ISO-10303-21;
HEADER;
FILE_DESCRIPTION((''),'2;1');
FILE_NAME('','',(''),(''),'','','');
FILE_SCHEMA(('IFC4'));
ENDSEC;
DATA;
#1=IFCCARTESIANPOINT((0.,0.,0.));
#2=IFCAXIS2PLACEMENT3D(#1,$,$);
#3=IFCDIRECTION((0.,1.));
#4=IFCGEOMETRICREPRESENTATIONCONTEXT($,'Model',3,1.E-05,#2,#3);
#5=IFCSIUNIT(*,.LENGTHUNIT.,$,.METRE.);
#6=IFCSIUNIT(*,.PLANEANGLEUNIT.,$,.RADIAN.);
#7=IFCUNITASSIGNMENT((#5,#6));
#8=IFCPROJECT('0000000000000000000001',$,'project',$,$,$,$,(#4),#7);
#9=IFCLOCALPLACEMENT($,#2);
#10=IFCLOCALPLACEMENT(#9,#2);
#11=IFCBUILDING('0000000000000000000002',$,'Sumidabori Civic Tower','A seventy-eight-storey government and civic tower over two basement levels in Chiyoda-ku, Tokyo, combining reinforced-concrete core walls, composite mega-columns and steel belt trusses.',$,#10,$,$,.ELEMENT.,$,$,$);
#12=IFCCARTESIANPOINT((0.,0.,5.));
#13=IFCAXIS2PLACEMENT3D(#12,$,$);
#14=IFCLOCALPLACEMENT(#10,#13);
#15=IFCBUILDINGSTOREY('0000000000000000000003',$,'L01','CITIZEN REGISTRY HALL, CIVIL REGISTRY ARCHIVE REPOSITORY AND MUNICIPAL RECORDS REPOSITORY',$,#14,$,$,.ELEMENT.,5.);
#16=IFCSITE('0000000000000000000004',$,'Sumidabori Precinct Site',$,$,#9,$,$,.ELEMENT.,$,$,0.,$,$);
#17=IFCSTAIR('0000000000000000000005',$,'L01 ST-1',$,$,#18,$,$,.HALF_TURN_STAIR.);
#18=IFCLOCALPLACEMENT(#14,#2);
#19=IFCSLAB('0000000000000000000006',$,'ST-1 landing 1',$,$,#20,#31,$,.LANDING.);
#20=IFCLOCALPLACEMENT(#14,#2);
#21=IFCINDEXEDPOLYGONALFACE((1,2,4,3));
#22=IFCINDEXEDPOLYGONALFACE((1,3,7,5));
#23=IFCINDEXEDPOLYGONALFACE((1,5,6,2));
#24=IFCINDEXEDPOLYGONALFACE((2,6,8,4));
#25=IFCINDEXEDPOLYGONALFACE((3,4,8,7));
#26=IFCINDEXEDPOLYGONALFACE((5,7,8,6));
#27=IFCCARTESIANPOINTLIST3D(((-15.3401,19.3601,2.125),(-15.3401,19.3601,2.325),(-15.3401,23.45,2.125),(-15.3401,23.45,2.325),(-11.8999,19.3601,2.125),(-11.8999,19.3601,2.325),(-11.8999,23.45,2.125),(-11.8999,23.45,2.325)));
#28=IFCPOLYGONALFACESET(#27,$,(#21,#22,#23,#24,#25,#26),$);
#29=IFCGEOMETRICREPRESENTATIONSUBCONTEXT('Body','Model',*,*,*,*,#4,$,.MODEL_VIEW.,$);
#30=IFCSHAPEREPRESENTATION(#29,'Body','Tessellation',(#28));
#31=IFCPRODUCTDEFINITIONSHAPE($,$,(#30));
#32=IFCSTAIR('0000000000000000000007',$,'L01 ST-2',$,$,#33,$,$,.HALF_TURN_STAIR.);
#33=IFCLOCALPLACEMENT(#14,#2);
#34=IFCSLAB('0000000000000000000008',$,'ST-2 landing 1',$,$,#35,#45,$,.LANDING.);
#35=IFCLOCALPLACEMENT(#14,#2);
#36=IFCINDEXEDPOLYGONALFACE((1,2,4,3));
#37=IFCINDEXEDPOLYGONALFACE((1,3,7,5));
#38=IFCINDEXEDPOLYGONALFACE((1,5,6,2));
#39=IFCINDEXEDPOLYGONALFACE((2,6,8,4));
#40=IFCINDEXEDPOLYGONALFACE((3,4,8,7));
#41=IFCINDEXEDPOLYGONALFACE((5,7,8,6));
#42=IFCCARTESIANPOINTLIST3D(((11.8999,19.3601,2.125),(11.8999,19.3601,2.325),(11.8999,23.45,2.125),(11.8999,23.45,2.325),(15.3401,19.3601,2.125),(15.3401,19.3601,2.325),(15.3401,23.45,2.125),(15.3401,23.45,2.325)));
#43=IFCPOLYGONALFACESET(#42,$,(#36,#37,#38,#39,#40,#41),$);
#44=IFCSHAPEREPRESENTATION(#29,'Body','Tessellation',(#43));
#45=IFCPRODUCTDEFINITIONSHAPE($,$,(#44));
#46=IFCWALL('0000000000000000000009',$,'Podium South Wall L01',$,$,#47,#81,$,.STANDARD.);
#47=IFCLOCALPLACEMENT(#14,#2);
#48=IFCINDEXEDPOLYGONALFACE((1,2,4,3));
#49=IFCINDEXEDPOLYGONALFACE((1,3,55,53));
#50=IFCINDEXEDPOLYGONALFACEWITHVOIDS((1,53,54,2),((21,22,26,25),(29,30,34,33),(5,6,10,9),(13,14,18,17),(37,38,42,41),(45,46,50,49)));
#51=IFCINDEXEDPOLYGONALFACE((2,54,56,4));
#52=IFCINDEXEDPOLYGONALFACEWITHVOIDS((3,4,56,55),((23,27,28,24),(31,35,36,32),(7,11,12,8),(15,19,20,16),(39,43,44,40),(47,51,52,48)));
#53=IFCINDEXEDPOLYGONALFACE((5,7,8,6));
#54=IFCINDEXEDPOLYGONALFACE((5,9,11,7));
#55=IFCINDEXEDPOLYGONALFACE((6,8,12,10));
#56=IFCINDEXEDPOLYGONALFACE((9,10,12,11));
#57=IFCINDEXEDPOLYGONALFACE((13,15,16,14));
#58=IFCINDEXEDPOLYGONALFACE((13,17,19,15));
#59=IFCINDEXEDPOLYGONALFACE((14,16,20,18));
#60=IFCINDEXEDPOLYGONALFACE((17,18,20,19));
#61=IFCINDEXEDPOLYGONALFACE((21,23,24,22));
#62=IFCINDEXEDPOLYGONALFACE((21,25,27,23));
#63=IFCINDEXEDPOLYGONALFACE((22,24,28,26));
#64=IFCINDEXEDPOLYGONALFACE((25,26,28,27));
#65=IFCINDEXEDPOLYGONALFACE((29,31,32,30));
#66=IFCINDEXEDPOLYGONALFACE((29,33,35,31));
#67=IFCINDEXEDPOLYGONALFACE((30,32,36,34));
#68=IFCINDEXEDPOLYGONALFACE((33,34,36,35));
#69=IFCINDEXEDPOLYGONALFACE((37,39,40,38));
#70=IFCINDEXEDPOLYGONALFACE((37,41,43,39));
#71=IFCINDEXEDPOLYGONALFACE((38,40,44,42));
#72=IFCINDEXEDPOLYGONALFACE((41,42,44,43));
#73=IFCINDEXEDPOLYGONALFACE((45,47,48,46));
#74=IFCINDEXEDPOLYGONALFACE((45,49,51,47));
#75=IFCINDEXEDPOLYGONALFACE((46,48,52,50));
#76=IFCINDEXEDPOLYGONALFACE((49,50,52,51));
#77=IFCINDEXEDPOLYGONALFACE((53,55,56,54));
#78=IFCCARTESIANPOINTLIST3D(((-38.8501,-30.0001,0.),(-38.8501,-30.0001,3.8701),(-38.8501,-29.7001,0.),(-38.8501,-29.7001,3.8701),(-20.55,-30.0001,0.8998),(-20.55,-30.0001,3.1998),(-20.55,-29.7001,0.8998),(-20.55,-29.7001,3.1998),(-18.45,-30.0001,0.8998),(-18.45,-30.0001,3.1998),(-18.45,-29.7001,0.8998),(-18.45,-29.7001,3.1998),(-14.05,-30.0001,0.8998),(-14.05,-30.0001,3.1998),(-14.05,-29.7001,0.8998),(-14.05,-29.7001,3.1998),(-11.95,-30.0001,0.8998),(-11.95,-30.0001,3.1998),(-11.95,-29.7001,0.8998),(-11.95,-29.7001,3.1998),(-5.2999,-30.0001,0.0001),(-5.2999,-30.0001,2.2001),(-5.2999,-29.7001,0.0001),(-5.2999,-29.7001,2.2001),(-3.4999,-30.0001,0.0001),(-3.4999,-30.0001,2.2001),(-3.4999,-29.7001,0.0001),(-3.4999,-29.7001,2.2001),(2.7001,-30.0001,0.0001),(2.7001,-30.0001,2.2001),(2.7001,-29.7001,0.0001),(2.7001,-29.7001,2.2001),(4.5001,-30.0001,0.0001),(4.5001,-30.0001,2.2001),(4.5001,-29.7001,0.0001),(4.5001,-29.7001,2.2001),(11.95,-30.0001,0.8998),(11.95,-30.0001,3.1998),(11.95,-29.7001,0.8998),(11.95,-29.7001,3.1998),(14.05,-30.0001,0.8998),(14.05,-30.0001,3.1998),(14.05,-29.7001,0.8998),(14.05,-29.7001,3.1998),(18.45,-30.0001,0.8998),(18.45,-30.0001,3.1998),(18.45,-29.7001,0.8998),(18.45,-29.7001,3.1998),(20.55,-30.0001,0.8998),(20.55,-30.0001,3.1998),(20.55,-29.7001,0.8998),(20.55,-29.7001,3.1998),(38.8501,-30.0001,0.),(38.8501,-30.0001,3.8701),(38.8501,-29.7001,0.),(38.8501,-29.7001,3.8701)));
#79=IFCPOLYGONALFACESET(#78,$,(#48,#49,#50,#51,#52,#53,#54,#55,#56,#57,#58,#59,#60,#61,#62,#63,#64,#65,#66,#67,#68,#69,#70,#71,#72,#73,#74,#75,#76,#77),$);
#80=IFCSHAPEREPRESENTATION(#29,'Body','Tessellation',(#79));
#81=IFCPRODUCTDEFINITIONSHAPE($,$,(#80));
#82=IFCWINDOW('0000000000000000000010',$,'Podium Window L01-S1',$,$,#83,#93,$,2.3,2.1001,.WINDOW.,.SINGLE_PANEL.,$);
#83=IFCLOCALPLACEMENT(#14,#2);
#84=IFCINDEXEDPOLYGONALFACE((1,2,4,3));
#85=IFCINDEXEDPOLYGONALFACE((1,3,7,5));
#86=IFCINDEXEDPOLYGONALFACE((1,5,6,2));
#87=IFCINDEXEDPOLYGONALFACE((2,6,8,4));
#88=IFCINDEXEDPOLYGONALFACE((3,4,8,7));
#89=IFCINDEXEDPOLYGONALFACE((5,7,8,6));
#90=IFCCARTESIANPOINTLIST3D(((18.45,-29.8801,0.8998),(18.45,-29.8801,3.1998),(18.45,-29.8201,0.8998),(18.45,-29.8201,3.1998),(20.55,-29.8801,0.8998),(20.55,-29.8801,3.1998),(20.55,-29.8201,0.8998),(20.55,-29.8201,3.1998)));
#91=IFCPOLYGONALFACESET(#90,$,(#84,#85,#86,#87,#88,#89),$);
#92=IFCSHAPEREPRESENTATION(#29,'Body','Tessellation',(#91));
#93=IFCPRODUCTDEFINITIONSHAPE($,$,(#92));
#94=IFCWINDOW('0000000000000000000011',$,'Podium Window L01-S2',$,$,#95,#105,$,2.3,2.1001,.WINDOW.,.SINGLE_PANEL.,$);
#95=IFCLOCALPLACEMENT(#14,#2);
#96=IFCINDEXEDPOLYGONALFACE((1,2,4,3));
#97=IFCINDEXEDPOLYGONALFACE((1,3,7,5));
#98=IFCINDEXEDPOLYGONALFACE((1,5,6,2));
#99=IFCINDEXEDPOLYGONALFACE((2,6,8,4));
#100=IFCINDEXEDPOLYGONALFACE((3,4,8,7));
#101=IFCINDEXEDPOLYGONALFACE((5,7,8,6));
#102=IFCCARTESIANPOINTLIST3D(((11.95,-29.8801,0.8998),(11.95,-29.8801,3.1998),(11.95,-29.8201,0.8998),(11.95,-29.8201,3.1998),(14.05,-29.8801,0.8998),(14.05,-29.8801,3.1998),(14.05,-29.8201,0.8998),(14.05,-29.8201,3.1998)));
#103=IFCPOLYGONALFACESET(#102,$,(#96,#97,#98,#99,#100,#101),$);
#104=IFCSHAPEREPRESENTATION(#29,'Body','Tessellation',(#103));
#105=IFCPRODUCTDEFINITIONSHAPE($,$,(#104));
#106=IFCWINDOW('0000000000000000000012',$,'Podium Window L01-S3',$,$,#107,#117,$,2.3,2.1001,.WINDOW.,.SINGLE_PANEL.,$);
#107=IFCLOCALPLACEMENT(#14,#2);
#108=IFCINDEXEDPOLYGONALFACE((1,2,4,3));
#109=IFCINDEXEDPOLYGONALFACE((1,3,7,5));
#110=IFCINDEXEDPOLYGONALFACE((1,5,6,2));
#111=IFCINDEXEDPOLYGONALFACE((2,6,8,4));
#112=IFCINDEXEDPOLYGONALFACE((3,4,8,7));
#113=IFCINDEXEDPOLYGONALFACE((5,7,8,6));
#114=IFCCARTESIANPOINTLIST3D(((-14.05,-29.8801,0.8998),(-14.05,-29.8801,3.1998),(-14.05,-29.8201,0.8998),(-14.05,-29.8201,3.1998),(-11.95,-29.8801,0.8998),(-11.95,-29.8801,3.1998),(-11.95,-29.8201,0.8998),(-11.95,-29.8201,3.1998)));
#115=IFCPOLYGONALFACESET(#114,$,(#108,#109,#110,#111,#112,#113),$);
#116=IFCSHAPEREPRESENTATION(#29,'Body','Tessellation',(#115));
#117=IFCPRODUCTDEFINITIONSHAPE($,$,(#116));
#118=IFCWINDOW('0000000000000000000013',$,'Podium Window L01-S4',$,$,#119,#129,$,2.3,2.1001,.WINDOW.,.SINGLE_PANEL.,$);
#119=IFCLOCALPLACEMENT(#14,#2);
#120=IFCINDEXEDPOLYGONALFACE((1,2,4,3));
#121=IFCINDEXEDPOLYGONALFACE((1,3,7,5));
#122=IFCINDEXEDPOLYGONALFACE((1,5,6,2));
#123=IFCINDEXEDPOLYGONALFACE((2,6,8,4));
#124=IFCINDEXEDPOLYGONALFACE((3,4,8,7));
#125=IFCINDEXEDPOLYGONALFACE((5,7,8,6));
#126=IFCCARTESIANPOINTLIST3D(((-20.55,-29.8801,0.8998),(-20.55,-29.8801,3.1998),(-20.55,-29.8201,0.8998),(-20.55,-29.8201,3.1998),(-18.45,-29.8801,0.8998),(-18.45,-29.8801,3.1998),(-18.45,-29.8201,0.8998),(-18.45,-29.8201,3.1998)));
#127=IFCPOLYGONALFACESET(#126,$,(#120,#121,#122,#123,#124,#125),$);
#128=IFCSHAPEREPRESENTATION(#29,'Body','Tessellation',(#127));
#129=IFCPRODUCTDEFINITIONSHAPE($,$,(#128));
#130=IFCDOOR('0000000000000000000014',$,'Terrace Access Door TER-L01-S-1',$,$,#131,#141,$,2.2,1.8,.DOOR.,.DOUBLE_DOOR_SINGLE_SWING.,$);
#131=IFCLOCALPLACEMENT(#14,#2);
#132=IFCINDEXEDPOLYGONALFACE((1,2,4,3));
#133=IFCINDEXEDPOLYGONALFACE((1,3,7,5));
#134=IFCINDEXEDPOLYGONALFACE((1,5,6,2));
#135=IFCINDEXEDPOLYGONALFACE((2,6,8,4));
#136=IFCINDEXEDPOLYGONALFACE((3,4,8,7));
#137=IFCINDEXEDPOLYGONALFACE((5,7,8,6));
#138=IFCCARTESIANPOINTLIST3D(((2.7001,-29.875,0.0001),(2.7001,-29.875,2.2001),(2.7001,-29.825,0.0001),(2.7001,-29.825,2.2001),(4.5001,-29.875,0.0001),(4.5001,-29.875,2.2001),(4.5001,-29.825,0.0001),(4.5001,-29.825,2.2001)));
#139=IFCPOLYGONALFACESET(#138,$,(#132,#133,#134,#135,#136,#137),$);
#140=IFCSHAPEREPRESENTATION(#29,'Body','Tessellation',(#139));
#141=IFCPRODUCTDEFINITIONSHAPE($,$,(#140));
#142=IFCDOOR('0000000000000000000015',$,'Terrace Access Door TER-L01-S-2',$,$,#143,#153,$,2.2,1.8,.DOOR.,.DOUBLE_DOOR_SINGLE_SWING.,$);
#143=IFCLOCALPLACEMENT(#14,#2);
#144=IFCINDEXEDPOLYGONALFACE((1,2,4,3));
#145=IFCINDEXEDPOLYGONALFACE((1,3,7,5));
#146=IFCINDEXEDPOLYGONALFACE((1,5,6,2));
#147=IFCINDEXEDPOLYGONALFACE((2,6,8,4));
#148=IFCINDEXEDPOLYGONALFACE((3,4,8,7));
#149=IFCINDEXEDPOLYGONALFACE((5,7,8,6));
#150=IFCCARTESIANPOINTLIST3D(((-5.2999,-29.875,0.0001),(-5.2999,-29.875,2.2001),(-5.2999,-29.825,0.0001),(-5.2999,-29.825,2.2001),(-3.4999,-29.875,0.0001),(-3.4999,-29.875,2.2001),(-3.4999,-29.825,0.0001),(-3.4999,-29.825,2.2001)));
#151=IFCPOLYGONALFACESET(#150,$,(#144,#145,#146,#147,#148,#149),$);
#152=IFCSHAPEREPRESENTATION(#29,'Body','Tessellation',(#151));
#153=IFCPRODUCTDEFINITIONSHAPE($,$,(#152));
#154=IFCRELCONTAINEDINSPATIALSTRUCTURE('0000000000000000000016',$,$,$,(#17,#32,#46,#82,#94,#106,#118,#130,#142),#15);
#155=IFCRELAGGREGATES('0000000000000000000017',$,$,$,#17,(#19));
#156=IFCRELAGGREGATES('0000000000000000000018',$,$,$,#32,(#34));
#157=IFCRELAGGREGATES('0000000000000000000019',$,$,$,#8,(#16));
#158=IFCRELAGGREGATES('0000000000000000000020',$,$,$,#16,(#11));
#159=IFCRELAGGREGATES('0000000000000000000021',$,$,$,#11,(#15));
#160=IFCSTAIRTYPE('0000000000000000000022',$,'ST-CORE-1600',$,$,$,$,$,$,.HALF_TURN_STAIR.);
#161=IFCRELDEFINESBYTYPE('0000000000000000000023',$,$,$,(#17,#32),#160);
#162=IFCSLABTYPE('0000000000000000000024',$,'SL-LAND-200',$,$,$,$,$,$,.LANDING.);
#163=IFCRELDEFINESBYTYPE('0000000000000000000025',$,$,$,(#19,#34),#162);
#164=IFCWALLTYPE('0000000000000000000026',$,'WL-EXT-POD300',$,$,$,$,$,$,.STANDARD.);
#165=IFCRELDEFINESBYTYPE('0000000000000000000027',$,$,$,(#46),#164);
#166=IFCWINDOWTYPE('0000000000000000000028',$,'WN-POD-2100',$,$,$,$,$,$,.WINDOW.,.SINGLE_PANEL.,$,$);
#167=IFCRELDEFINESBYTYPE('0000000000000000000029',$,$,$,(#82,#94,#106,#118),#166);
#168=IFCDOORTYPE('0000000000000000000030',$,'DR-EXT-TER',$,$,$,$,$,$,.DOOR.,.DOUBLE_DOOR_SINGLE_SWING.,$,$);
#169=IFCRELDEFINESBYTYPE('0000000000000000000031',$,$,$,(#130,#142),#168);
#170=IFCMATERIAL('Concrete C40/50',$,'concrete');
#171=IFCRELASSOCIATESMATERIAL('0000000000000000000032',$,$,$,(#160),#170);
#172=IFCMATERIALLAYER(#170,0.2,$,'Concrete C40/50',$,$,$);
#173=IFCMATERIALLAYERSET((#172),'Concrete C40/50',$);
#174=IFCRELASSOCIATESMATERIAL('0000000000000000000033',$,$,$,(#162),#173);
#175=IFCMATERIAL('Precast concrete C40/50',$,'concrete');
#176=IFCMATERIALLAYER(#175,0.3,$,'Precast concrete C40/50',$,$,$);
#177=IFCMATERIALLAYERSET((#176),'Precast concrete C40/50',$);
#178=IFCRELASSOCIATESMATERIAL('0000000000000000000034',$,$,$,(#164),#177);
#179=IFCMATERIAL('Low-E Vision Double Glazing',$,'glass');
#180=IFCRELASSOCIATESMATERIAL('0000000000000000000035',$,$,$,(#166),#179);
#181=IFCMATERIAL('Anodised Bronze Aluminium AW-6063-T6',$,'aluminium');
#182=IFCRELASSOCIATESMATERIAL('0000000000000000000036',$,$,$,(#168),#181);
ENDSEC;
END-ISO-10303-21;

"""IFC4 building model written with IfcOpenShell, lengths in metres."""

from ifc_helpers import new_model, si_unit, direction, frame, frame_2d, origin, place, context, subcontext, project, spatial, polyline, rectangle, outline, extrude, source, transform, mapped, material, layer, layer_set, type_object, element, fill, aggregate, save


model = new_model("IFC4")

# Units and contexts
model_context = context("Model", 3, precision=1e-05, world=origin(), true_north=direction((0.0, 1.0)))
body_context = subcontext(model_context, "Body", "Model", "MODEL_VIEW")
ifc_project = project(units=[si_unit("LENGTHUNIT", "METRE"), si_unit("PLANEANGLEUNIT", "RADIAN")], contexts=[model_context])

# Site, building, storey
site_placement = place(None, origin())
site = spatial("IfcSite", under=ifc_project, at=site_placement, Name="Sumidabori Precinct Site", CompositionType="ELEMENT", RefElevation=0.0)
building_placement = place(site_placement, origin())
building = spatial("IfcBuilding", under=site, at=building_placement, Name="Sumidabori Civic Tower", Description="A seventy-eight-storey government and civic tower over two basement levels in Chiyoda-ku, Tokyo, combining reinforced-concrete core walls, composite mega-columns and steel belt trusses.", CompositionType="ELEMENT")
storey_placement = place(building_placement, frame((0.0, 0.0, 5.0)))
storey = spatial("IfcBuildingStorey", under=building, at=storey_placement, Name="L01", Description="CITIZEN REGISTRY HALL, CIVIL REGISTRY ARCHIVE REPOSITORY AND MUNICIPAL RECORDS REPOSITORY", CompositionType="ELEMENT", Elevation=5.0)

# Stairs, slabs
ifc_material_1 = material(Name="Concrete C40/50", Category="concrete")
stair_type_1 = type_object("IfcStairType", Name="ST-CORE-1600", PredefinedType="HALF_TURN_STAIR", material=ifc_material_1)
stair_1_placement = place(storey_placement, origin())
stair_1 = element("IfcStair", 1, at=stair_1_placement, inside=storey, type_object=stair_type_1, Name="L01 ST-1", PredefinedType="HALF_TURN_STAIR")
ifc_layer_1 = layer(ifc_material_1, 0.2, Name="Concrete C40/50")
ifc_layer_set_1 = layer_set([ifc_layer_1], Name="Concrete C40/50")
slab_type = type_object("IfcSlabType", Name="SL-LAND-200", PredefinedType="LANDING", material=ifc_layer_set_1)
slab_1_placement = place(storey_placement, frame((0.0, 0.0, 2.125)))
slab_1 = element("IfcSlab", 2, at=slab_1_placement, type_object=slab_type, Name="ST-1 landing 1", PredefinedType="LANDING", context=body_context, shape_type="SweptSolid", body=[
    extrude(outline(polyline([(-11.8999, 19.3601), (-11.8999, 23.45), (-15.3401, 23.45), (-15.3401, 19.3601), (-11.8999, 19.3601)])), origin(), (0.0, 0.0, 1.0), 0.2),
])
aggregate(stair_1, [slab_1])
stair_2_placement = place(storey_placement, origin())
stair_2 = element("IfcStair", 3, at=stair_2_placement, inside=storey, type_object=stair_type_1, Name="L01 ST-2", PredefinedType="HALF_TURN_STAIR")
slab_2_placement = place(storey_placement, frame((0.0, 0.0, 2.125)))
slab_2 = element("IfcSlab", 4, at=slab_2_placement, type_object=slab_type, Name="ST-2 landing 1", PredefinedType="LANDING", context=body_context, shape_type="SweptSolid", body=[
    extrude(outline(polyline([(15.3401, 19.3601), (15.3401, 23.45), (11.8999, 23.45), (11.8999, 19.3601), (15.3401, 19.3601)])), origin(), (0.0, 0.0, 1.0), 0.2),
])
aggregate(stair_2, [slab_2])

# Wall, openings, windows, doors
ifc_material_2 = material(Name="Precast concrete C40/50", Category="concrete")
ifc_layer_2 = layer(ifc_material_2, 0.3, Name="Precast concrete C40/50")
ifc_layer_set_2 = layer_set([ifc_layer_2], Name="Precast concrete C40/50")
wall_type_1 = type_object("IfcWallType", Name="WL-EXT-POD300", PredefinedType="STANDARD", material=ifc_layer_set_2)
shared_shape_1 = source(origin(), body_context, "Body", "SweptSolid", [
    extrude(rectangle(XDim=77.7002, YDim=0.3, at=frame_2d((38.8501, 0.0))), origin(), (0.0, 0.0, 1.0), 3.8701),
])
wall_1_placement = place(storey_placement, frame((38.8501, -29.8501, 0.0), z_axis=(0.0, 0.0, 1.0), x_axis=(-1.0, 0.0, 0.0)))
wall_1 = element("IfcWall", 5, at=wall_1_placement, inside=storey, type_object=wall_type_1, Name="Podium South Wall L01", PredefinedType="STANDARD", context=body_context, shape_type="MappedRepresentation", body=[
    mapped(shared_shape_1, transform((0.0, 0.0, 0.0), x_axis=(1.0, 0.0, 0.0), y_axis=(0.0, 1.0, 0.0), z_axis=(0.0, 0.0, 1.0), scale=1.0)),
])
opening_1_placement = place(wall_1_placement, frame((18.3, 0.0, 0.8999)))
opening_1 = element("IfcOpeningElement", 6, at=opening_1_placement, cuts=wall_1, PredefinedType="OPENING", context=body_context, shape_type="SweptSolid", body=[
    extrude(rectangle(XDim=2.1001, YDim=2.3, at=frame_2d((1.05, 1.1499))), frame((0.0, 0.1621, 0.0), z_axis=(0.0, -1.0, 0.0), x_axis=(1.0, 0.0, 0.0)), (0.0, 0.0, 1.0), 0.324),
])
opening_2_placement = place(wall_1_placement, frame((24.8, 0.0, 0.8999)))
opening_2 = element("IfcOpeningElement", 7, at=opening_2_placement, cuts=wall_1, PredefinedType="OPENING", context=body_context, shape_type="SweptSolid", body=[
    extrude(rectangle(XDim=2.1001, YDim=2.3, at=frame_2d((1.05, 1.1499))), frame((0.0, 0.1621, 0.0), z_axis=(0.0, -1.0, 0.0), x_axis=(1.0, 0.0, 0.0)), (0.0, 0.0, 1.0), 0.324),
])
opening_3_placement = place(wall_1_placement, frame((50.8, 0.0, 0.8999)))
opening_3 = element("IfcOpeningElement", 8, at=opening_3_placement, cuts=wall_1, PredefinedType="OPENING", context=body_context, shape_type="SweptSolid", body=[
    extrude(rectangle(XDim=2.1001, YDim=2.3, at=frame_2d((1.05, 1.1499))), frame((0.0, 0.1621, 0.0), z_axis=(0.0, -1.0, 0.0), x_axis=(1.0, 0.0, 0.0)), (0.0, 0.0, 1.0), 0.324),
])
opening_4_placement = place(wall_1_placement, frame((57.3, 0.0, 0.8999)))
opening_4 = element("IfcOpeningElement", 9, at=opening_4_placement, cuts=wall_1, PredefinedType="OPENING", context=body_context, shape_type="SweptSolid", body=[
    extrude(rectangle(XDim=2.1001, YDim=2.3, at=frame_2d((1.05, 1.1499))), frame((0.0, 0.1621, 0.0), z_axis=(0.0, -1.0, 0.0), x_axis=(1.0, 0.0, 0.0)), (0.0, 0.0, 1.0), 0.324),
])
opening_5_placement = place(wall_1_placement, frame((34.3501, 0.0, 0.0)))
opening_5 = element("IfcOpeningElement", 10, at=opening_5_placement, cuts=wall_1, PredefinedType="OPENING", context=body_context, shape_type="SweptSolid", body=[
    extrude(rectangle(XDim=1.8, YDim=2.2, at=frame_2d((0.8999, 1.1001))), frame((0.0, 0.1621, 0.0), z_axis=(0.0, -1.0, 0.0), x_axis=(1.0, 0.0, 0.0)), (0.0, 0.0, 1.0), 0.324),
])
opening_6_placement = place(wall_1_placement, frame((42.3501, 0.0, 0.0)))
opening_6 = element("IfcOpeningElement", 11, at=opening_6_placement, cuts=wall_1, PredefinedType="OPENING", context=body_context, shape_type="SweptSolid", body=[
    extrude(rectangle(XDim=1.8, YDim=2.2, at=frame_2d((0.8999, 1.1001))), frame((0.0, 0.1621, 0.0), z_axis=(0.0, -1.0, 0.0), x_axis=(1.0, 0.0, 0.0)), (0.0, 0.0, 1.0), 0.324),
])
ifc_material_3 = material(Name="Low-E Vision Double Glazing", Category="glass")
window_type = type_object("IfcWindowType", Name="WN-POD-2100", PartitioningType="SINGLE_PANEL", PredefinedType="WINDOW", material=ifc_material_3)
shared_shape_2 = source(origin(), body_context, "Body", "SweptSolid", [
    extrude(rectangle(XDim=2.1001, YDim=2.3, at=frame_2d((1.05, 1.1499))), frame((0.0, 0.03, 0.0), z_axis=(0.0, -1.0, 0.0), x_axis=(1.0, 0.0, 0.0)), (0.0, 0.0, 1.0), 0.0601),
])
window_1_placement = place(opening_1_placement, origin())
window_1 = element("IfcWindow", 12, at=window_1_placement, inside=storey, type_object=window_type, Name="Podium Window L01-S1", OverallHeight=2.3, OverallWidth=2.1001, PartitioningType="SINGLE_PANEL", PredefinedType="WINDOW", context=body_context, shape_type="MappedRepresentation", body=[
    mapped(shared_shape_2, transform((0.0, 0.0, 0.0), x_axis=(1.0, 0.0, 0.0), y_axis=(0.0, 1.0, 0.0), z_axis=(0.0, 0.0, 1.0), scale=1.0)),
])
fill(opening_1, window_1)
window_2_placement = place(opening_2_placement, origin())
window_2 = element("IfcWindow", 13, at=window_2_placement, inside=storey, type_object=window_type, Name="Podium Window L01-S2", OverallHeight=2.3, OverallWidth=2.1001, PartitioningType="SINGLE_PANEL", PredefinedType="WINDOW", context=body_context, shape_type="MappedRepresentation", body=[
    mapped(shared_shape_2, transform((0.0, 0.0, 0.0), x_axis=(1.0, 0.0, 0.0), y_axis=(0.0, 1.0, 0.0), z_axis=(0.0, 0.0, 1.0), scale=1.0)),
])
fill(opening_2, window_2)
window_3_placement = place(opening_3_placement, origin())
window_3 = element("IfcWindow", 14, at=window_3_placement, inside=storey, type_object=window_type, Name="Podium Window L01-S3", OverallHeight=2.3, OverallWidth=2.1001, PartitioningType="SINGLE_PANEL", PredefinedType="WINDOW", context=body_context, shape_type="MappedRepresentation", body=[
    mapped(shared_shape_2, transform((0.0, 0.0, 0.0), x_axis=(1.0, 0.0, 0.0), y_axis=(0.0, 1.0, 0.0), z_axis=(0.0, 0.0, 1.0), scale=1.0)),
])
fill(opening_3, window_3)
window_4_placement = place(opening_4_placement, origin())
window_4 = element("IfcWindow", 15, at=window_4_placement, inside=storey, type_object=window_type, Name="Podium Window L01-S4", OverallHeight=2.3, OverallWidth=2.1001, PartitioningType="SINGLE_PANEL", PredefinedType="WINDOW", context=body_context, shape_type="MappedRepresentation", body=[
    mapped(shared_shape_2, transform((0.0, 0.0, 0.0), x_axis=(1.0, 0.0, 0.0), y_axis=(0.0, 1.0, 0.0), z_axis=(0.0, 0.0, 1.0), scale=1.0)),
])
fill(opening_4, window_4)
ifc_material_4 = material(Name="Anodised Bronze Aluminium AW-6063-T6", Category="aluminium")
door_type = type_object("IfcDoorType", Name="DR-EXT-TER", OperationType="DOUBLE_DOOR_SINGLE_SWING", PredefinedType="DOOR", material=ifc_material_4)
shared_shape_3 = source(origin(), body_context, "Body", "SweptSolid", [
    extrude(rectangle(XDim=1.8, YDim=2.2, at=frame_2d((0.8999, 1.1001))), frame((0.0, 0.0249, 0.0), z_axis=(0.0, -1.0, 0.0), x_axis=(1.0, 0.0, 0.0)), (0.0, 0.0, 1.0), 0.05),
])
door_1_placement = place(opening_5_placement, origin())
door_1 = element("IfcDoor", 16, at=door_1_placement, inside=storey, type_object=door_type, Name="Terrace Access Door TER-L01-S-1", OperationType="DOUBLE_DOOR_SINGLE_SWING", OverallHeight=2.2, OverallWidth=1.8, PredefinedType="DOOR", context=body_context, shape_type="MappedRepresentation", body=[
    mapped(shared_shape_3, transform((0.0, 0.0, 0.0), x_axis=(1.0, 0.0, 0.0), y_axis=(0.0, 1.0, 0.0), z_axis=(0.0, 0.0, 1.0), scale=1.0)),
])
fill(opening_5, door_1)
door_2_placement = place(opening_6_placement, origin())
door_2 = element("IfcDoor", 17, at=door_2_placement, inside=storey, type_object=door_type, Name="Terrace Access Door TER-L01-S-2", OperationType="DOUBLE_DOOR_SINGLE_SWING", OverallHeight=2.2, OverallWidth=1.8, PredefinedType="DOOR", context=body_context, shape_type="MappedRepresentation", body=[
    mapped(shared_shape_3, transform((0.0, 0.0, 0.0), x_axis=(1.0, 0.0, 0.0), y_axis=(0.0, 1.0, 0.0), z_axis=(0.0, 0.0, 1.0), scale=1.0)),
])
fill(opening_6, door_2)

save(model, "model.ifc")
